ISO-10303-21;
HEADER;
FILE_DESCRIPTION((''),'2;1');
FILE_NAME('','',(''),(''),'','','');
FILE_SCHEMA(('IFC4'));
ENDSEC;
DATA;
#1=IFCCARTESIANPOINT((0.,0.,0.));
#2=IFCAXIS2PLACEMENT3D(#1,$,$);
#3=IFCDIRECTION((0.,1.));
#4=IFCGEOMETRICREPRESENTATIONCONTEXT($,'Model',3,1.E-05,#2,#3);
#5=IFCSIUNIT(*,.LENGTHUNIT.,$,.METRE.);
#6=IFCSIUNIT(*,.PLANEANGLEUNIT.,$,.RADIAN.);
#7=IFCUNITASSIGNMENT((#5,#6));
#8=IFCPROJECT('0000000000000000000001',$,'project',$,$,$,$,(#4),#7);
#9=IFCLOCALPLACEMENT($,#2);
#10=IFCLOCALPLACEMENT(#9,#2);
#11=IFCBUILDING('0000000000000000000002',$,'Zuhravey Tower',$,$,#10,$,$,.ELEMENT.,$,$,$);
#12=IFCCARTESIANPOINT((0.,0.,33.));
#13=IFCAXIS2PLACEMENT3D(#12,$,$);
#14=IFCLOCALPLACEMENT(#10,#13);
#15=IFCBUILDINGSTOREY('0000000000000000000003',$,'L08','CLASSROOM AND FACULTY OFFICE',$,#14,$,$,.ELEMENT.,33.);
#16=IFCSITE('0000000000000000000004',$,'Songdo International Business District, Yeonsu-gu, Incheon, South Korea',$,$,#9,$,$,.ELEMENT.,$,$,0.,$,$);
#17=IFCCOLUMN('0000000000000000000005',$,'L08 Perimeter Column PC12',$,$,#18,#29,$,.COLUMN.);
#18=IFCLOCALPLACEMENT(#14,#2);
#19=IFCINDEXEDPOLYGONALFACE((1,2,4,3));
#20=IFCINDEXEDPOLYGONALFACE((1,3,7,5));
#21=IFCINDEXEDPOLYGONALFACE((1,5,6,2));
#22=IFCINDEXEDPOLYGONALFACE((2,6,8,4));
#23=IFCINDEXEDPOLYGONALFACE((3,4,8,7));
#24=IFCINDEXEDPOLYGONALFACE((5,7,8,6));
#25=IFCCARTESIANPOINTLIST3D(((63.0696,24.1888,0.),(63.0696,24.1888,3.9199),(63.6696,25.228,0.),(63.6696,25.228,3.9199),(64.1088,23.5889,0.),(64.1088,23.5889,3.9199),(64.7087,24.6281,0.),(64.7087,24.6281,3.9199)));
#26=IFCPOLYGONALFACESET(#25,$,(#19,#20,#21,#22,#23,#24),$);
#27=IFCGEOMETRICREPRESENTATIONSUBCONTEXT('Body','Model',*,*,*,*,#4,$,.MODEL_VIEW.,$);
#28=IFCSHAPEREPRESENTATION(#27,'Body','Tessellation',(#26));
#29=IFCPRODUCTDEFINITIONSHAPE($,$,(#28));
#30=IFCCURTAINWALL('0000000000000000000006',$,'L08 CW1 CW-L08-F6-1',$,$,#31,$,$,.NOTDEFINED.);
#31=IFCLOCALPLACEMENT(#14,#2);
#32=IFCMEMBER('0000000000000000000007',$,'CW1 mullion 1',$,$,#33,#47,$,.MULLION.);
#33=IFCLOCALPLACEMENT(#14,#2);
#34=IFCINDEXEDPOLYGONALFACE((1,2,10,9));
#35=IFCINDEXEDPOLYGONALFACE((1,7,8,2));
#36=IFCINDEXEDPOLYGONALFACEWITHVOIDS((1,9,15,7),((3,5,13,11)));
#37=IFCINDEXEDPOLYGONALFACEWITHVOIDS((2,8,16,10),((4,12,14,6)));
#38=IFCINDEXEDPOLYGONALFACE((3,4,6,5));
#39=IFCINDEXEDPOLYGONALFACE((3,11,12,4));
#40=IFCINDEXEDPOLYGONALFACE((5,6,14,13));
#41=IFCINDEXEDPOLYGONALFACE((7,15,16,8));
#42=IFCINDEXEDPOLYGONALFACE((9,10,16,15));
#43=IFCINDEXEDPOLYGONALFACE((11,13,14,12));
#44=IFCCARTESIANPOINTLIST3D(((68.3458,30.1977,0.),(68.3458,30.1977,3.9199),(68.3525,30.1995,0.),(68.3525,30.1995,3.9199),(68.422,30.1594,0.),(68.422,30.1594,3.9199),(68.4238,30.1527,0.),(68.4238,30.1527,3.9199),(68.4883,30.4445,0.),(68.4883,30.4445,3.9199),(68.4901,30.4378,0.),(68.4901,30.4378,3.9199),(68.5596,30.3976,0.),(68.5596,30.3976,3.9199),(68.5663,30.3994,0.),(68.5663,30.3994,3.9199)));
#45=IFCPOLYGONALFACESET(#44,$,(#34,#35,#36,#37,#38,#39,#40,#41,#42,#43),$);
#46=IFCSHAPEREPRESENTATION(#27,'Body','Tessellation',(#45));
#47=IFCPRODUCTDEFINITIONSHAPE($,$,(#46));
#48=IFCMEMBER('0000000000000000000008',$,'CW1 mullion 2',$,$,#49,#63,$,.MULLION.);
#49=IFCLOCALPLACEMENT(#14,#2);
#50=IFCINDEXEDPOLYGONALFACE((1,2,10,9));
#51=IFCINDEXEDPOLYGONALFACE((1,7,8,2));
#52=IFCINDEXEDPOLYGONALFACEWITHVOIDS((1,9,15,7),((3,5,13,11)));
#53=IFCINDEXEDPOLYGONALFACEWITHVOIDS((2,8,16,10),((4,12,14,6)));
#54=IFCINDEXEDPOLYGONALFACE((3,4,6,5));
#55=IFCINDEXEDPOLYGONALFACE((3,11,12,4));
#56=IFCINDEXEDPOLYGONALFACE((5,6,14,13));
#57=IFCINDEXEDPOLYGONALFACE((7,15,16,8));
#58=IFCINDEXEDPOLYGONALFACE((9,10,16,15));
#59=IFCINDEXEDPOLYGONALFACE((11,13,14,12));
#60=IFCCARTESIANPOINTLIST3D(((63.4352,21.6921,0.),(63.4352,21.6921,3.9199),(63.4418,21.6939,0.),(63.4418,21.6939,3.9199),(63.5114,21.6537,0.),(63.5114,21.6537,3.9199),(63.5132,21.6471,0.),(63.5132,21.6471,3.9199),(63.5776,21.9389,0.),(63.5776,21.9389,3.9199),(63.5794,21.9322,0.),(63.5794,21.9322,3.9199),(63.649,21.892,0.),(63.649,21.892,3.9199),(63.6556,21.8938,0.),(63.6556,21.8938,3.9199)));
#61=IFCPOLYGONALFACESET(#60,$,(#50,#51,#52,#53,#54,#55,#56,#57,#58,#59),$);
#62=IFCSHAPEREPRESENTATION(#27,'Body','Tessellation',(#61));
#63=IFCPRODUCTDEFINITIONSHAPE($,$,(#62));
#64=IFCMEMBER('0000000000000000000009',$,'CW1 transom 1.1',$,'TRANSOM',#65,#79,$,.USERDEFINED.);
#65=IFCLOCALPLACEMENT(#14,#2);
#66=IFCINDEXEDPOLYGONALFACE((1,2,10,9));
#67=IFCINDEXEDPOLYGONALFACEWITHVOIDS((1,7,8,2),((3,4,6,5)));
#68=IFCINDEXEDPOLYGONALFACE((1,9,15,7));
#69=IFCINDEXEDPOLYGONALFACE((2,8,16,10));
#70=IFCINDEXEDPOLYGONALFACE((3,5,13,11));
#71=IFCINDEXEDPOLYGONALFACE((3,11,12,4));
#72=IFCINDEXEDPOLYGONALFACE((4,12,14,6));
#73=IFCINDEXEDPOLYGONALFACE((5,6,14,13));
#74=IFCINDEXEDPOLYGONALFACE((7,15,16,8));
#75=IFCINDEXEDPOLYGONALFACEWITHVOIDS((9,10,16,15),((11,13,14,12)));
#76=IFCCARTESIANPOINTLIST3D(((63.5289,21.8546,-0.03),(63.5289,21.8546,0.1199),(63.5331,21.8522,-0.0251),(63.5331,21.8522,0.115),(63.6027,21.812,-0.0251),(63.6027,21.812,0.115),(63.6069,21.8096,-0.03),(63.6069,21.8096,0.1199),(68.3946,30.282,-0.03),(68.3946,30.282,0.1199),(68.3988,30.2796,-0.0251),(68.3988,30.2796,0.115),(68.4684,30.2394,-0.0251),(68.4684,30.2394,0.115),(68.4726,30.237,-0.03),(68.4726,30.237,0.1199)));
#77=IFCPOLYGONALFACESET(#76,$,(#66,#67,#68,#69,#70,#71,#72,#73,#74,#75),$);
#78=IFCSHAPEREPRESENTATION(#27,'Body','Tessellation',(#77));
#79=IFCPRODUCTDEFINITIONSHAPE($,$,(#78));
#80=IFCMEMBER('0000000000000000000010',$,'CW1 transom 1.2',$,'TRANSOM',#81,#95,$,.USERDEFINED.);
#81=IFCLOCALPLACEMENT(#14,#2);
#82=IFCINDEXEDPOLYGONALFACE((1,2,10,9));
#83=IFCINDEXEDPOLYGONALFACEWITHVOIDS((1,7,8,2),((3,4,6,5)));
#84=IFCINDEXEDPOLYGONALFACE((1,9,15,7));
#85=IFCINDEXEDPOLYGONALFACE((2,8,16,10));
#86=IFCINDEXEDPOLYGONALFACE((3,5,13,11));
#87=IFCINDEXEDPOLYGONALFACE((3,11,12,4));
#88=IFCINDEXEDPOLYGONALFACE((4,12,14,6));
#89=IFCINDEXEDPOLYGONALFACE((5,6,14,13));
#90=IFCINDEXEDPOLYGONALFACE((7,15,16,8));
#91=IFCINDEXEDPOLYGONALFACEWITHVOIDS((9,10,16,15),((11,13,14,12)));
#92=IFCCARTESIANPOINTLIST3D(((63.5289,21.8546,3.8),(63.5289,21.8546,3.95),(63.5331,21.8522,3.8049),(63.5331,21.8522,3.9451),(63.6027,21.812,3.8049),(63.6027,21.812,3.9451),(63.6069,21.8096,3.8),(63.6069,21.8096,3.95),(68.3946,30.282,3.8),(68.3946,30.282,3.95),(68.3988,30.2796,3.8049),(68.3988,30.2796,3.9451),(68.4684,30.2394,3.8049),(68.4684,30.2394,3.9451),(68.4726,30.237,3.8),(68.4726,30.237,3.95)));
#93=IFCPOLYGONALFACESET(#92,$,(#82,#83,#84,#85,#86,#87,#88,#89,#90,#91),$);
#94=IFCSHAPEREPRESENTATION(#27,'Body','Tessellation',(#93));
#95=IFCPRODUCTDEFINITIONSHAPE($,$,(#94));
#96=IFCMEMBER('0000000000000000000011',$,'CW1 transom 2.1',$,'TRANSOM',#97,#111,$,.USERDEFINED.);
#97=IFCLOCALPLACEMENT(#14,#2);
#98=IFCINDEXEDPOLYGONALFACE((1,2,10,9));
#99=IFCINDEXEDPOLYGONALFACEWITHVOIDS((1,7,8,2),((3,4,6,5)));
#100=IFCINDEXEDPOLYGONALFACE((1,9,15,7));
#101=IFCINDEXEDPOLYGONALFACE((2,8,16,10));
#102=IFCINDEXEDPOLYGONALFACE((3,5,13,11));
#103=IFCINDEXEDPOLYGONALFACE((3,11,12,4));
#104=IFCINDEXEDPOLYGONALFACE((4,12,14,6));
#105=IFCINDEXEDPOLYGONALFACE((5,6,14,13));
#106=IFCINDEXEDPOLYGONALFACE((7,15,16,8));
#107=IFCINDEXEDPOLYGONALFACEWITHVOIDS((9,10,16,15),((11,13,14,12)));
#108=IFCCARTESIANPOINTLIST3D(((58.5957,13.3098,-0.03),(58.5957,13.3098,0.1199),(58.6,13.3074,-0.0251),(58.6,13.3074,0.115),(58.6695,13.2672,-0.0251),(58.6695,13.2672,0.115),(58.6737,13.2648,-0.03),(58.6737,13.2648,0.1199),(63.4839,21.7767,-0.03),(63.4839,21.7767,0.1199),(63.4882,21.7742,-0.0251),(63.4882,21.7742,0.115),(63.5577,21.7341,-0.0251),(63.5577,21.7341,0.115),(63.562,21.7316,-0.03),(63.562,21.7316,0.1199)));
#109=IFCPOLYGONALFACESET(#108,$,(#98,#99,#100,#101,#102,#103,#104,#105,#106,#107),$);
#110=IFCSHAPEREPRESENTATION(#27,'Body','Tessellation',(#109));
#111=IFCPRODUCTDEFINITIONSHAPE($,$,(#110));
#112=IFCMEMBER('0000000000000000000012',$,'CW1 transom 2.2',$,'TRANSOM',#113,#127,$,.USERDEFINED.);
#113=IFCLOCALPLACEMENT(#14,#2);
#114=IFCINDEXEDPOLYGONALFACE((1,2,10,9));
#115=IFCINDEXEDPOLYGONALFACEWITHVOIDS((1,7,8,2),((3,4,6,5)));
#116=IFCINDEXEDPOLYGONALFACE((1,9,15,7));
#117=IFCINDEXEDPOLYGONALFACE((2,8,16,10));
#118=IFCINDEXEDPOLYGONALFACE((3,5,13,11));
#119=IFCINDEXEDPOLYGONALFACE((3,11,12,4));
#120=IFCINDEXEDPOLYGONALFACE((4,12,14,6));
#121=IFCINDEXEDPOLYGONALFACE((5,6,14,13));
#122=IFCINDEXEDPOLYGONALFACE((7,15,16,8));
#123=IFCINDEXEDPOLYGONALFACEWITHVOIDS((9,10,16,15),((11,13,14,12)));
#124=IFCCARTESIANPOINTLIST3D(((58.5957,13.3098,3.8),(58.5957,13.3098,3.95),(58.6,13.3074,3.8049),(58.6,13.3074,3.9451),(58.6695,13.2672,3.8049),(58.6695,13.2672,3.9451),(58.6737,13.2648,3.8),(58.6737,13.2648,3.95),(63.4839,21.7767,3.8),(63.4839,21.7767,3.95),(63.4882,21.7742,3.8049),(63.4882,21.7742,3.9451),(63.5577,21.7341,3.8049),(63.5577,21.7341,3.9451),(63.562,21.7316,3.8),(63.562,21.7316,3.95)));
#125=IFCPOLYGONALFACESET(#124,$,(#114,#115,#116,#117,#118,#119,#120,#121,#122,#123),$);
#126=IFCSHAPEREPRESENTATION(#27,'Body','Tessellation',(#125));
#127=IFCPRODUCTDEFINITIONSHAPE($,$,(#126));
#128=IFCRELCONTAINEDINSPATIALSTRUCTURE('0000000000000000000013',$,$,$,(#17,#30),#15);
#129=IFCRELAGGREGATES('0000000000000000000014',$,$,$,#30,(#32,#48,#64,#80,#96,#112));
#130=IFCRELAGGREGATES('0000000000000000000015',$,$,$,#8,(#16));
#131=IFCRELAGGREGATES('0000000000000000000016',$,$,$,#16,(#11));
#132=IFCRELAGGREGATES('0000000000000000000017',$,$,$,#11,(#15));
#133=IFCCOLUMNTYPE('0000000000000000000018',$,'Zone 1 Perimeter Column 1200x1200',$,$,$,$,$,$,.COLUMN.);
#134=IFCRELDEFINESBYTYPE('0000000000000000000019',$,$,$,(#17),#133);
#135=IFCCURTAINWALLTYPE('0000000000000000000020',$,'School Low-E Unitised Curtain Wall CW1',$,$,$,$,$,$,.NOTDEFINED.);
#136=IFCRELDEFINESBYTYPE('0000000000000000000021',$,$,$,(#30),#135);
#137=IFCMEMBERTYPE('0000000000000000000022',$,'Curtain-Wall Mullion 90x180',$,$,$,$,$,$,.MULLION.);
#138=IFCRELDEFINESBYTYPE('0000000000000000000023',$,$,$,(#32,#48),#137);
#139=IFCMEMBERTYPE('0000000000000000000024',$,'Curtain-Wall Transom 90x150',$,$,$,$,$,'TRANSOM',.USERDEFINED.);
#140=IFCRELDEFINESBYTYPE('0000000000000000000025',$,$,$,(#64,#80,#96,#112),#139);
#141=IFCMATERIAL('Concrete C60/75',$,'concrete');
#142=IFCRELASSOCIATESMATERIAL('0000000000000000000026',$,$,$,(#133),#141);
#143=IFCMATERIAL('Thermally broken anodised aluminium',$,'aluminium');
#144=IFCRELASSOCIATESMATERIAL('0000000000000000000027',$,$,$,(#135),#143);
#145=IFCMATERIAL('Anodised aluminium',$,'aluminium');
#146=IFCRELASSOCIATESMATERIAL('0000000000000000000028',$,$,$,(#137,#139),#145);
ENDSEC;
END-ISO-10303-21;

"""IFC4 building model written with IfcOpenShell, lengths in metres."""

from ifc_helpers import new_model, si_unit, direction, frame, origin, origin_2d, place, context, subcontext, project, spatial, rectangle, hollow_rectangle, extrude, material, material_profile, profile_set, type_object, element, aggregate, save


model = new_model("IFC4")

# Units and contexts
model_context = context("Model", 3, precision=1e-05, world=origin(), true_north=direction((0.0, 1.0)))
body_context = subcontext(model_context, "Body", "Model", "MODEL_VIEW")
ifc_project = project(units=[si_unit("LENGTHUNIT", "METRE"), si_unit("PLANEANGLEUNIT", "RADIAN")], contexts=[model_context])

# Site, building, storey
site_placement = place(None, origin())
site = spatial("IfcSite", under=ifc_project, at=site_placement, Name="Songdo International Business District, Yeonsu-gu, Incheon, South Korea", CompositionType="ELEMENT", RefElevation=0.0)
building_placement = place(site_placement, origin())
building = spatial("IfcBuilding", under=site, at=building_placement, Name="Zuhravey Tower", CompositionType="ELEMENT")
storey_placement = place(building_placement, frame((0.0, 0.0, 33.0)))
storey = spatial("IfcBuildingStorey", under=building, at=storey_placement, Name="L08", Description="CLASSROOM AND FACULTY OFFICE", CompositionType="ELEMENT", Elevation=33.0)

# Column
ifc_material_1 = material(Name="Concrete C60/75", Category="concrete")
ifc_material_profile_1 = material_profile(ifc_material_1, rectangle(XDim=1.2, YDim=1.2, at=origin_2d()), Name="RC-1200x1200")
ifc_profile_set_1 = profile_set([ifc_material_profile_1], Name="Concrete C60/75")
column_type = type_object("IfcColumnType", Name="Zone 1 Perimeter Column 1200x1200", PredefinedType="COLUMN", material=ifc_profile_set_1)
column_placement = place(storey_placement, frame((63.8892, 24.4084, 0.0), z_axis=(0.0, 0.0, 1.0), x_axis=(0.5, 0.866025, 0.0)))
element("IfcColumn", 1, at=column_placement, inside=storey, type_object=column_type, Name="L08 Perimeter Column PC12", PredefinedType="COLUMN", context=body_context, shape_type="SweptSolid", body=[
    extrude(rectangle(XDim=1.2, YDim=1.2, at=origin_2d()), origin(), (0.0, 0.0, 1.0), 3.9199),
])

# Curtain wall, members
ifc_material_2 = material(Name="Thermally broken anodised aluminium", Category="aluminium")
curtain_wall_type = type_object("IfcCurtainWallType", Name="School Low-E Unitised Curtain Wall CW1", PredefinedType="NOTDEFINED", material=ifc_material_2)
curtain_wall_placement = place(storey_placement, origin())
curtain_wall = element("IfcCurtainWall", 2, at=curtain_wall_placement, inside=storey, type_object=curtain_wall_type, Name="L08 CW1 CW-L08-F6-1", PredefinedType="NOTDEFINED")
ifc_material_3 = material(Name="Anodised aluminium", Category="aluminium")
ifc_material_profile_2 = material_profile(ifc_material_3, hollow_rectangle(XDim=0.0901, YDim=0.2849, WallThickness=0.0049, at=origin_2d()), Name="ALU-RHS-90x285x5")
ifc_profile_set_2 = profile_set([ifc_material_profile_2], Name="Anodised aluminium")
member_type_1 = type_object("IfcMemberType", Name="Curtain-Wall Mullion 90x180", PredefinedType="MULLION", material=ifc_profile_set_2)
member_1_placement = place(storey_placement, frame((68.4561, 30.2986, 0.0), z_axis=(0.0, 0.0, 1.0), x_axis=(0.866026, -0.5, 0.0)))
member_1 = element("IfcMember", 3, at=member_1_placement, type_object=member_type_1, Name="CW1 mullion 1", PredefinedType="MULLION", context=body_context, shape_type="SweptSolid", body=[
    extrude(hollow_rectangle(XDim=0.0901, YDim=0.2849, WallThickness=0.0049, at=origin_2d()), origin(), (0.0, 0.0, 1.0), 3.9199),
])
member_2_placement = place(storey_placement, frame((63.5454, 21.793, 0.0), z_axis=(0.0, 0.0, 1.0), x_axis=(0.866026, -0.5, 0.0)))
member_2 = element("IfcMember", 4, at=member_2_placement, type_object=member_type_1, Name="CW1 mullion 2", PredefinedType="MULLION", context=body_context, shape_type="SweptSolid", body=[
    extrude(hollow_rectangle(XDim=0.0901, YDim=0.2849, WallThickness=0.0049, at=origin_2d()), origin(), (0.0, 0.0, 1.0), 3.9199),
])
ifc_material_profile_3 = material_profile(ifc_material_3, hollow_rectangle(XDim=0.0901, YDim=0.1499, WallThickness=0.0049, at=origin_2d()), Name="ALU-RHS-90x150x5")
ifc_profile_set_3 = profile_set([ifc_material_profile_3], Name="Anodised aluminium")
member_type_2 = type_object("IfcMemberType", Name="Curtain-Wall Transom 90x150", ElementType="TRANSOM", PredefinedType="USERDEFINED", material=ifc_profile_set_3)
member_3_placement = place(storey_placement, frame((68.4336, 30.2595, 0.0449), z_axis=(-0.500008, -0.866021, 0.0), x_axis=(0.866021, -0.500008, 0.0)))
member_3 = element("IfcMember", 5, at=member_3_placement, type_object=member_type_2, Name="CW1 transom 1.1", ObjectType="TRANSOM", PredefinedType="USERDEFINED", context=body_context, shape_type="SweptSolid", body=[
    extrude(hollow_rectangle(XDim=0.0901, YDim=0.1499, WallThickness=0.0049, at=origin_2d()), origin(), (0.0, 0.0, 1.0), 9.7312),
])
member_4_placement = place(storey_placement, frame((68.4336, 30.2595, 3.875), z_axis=(-0.500008, -0.866021, 0.0), x_axis=(0.866021, -0.500008, 0.0)))
member_4 = element("IfcMember", 6, at=member_4_placement, type_object=member_type_2, Name="CW1 transom 1.2", ObjectType="TRANSOM", PredefinedType="USERDEFINED", context=body_context, shape_type="SweptSolid", body=[
    extrude(hollow_rectangle(XDim=0.0901, YDim=0.1499, WallThickness=0.0049, at=origin_2d()), origin(), (0.0, 0.0, 1.0), 9.7312),
])
member_5_placement = place(storey_placement, frame((63.5229, 21.7542, 0.0449), z_axis=(-0.49999, -0.866031, 0.0), x_axis=(0.866031, -0.49999, 0.0)))
member_5 = element("IfcMember", 7, at=member_5_placement, type_object=member_type_2, Name="CW1 transom 2.1", ObjectType="TRANSOM", PredefinedType="USERDEFINED", context=body_context, shape_type="SweptSolid", body=[
    extrude(hollow_rectangle(XDim=0.0901, YDim=0.1499, WallThickness=0.0049, at=origin_2d()), origin(), (0.0, 0.0, 1.0), 9.7766),
])
member_6_placement = place(storey_placement, frame((63.5229, 21.7542, 3.875), z_axis=(-0.49999, -0.866031, 0.0), x_axis=(0.866031, -0.49999, 0.0)))
member_6 = element("IfcMember", 8, at=member_6_placement, type_object=member_type_2, Name="CW1 transom 2.2", ObjectType="TRANSOM", PredefinedType="USERDEFINED", context=body_context, shape_type="SweptSolid", body=[
    extrude(hollow_rectangle(XDim=0.0901, YDim=0.1499, WallThickness=0.0049, at=origin_2d()), origin(), (0.0, 0.0, 1.0), 9.7766),
])

aggregate(curtain_wall, [member_1, member_2, member_3, member_4, member_5, member_6])

save(model, "model.ifc")
